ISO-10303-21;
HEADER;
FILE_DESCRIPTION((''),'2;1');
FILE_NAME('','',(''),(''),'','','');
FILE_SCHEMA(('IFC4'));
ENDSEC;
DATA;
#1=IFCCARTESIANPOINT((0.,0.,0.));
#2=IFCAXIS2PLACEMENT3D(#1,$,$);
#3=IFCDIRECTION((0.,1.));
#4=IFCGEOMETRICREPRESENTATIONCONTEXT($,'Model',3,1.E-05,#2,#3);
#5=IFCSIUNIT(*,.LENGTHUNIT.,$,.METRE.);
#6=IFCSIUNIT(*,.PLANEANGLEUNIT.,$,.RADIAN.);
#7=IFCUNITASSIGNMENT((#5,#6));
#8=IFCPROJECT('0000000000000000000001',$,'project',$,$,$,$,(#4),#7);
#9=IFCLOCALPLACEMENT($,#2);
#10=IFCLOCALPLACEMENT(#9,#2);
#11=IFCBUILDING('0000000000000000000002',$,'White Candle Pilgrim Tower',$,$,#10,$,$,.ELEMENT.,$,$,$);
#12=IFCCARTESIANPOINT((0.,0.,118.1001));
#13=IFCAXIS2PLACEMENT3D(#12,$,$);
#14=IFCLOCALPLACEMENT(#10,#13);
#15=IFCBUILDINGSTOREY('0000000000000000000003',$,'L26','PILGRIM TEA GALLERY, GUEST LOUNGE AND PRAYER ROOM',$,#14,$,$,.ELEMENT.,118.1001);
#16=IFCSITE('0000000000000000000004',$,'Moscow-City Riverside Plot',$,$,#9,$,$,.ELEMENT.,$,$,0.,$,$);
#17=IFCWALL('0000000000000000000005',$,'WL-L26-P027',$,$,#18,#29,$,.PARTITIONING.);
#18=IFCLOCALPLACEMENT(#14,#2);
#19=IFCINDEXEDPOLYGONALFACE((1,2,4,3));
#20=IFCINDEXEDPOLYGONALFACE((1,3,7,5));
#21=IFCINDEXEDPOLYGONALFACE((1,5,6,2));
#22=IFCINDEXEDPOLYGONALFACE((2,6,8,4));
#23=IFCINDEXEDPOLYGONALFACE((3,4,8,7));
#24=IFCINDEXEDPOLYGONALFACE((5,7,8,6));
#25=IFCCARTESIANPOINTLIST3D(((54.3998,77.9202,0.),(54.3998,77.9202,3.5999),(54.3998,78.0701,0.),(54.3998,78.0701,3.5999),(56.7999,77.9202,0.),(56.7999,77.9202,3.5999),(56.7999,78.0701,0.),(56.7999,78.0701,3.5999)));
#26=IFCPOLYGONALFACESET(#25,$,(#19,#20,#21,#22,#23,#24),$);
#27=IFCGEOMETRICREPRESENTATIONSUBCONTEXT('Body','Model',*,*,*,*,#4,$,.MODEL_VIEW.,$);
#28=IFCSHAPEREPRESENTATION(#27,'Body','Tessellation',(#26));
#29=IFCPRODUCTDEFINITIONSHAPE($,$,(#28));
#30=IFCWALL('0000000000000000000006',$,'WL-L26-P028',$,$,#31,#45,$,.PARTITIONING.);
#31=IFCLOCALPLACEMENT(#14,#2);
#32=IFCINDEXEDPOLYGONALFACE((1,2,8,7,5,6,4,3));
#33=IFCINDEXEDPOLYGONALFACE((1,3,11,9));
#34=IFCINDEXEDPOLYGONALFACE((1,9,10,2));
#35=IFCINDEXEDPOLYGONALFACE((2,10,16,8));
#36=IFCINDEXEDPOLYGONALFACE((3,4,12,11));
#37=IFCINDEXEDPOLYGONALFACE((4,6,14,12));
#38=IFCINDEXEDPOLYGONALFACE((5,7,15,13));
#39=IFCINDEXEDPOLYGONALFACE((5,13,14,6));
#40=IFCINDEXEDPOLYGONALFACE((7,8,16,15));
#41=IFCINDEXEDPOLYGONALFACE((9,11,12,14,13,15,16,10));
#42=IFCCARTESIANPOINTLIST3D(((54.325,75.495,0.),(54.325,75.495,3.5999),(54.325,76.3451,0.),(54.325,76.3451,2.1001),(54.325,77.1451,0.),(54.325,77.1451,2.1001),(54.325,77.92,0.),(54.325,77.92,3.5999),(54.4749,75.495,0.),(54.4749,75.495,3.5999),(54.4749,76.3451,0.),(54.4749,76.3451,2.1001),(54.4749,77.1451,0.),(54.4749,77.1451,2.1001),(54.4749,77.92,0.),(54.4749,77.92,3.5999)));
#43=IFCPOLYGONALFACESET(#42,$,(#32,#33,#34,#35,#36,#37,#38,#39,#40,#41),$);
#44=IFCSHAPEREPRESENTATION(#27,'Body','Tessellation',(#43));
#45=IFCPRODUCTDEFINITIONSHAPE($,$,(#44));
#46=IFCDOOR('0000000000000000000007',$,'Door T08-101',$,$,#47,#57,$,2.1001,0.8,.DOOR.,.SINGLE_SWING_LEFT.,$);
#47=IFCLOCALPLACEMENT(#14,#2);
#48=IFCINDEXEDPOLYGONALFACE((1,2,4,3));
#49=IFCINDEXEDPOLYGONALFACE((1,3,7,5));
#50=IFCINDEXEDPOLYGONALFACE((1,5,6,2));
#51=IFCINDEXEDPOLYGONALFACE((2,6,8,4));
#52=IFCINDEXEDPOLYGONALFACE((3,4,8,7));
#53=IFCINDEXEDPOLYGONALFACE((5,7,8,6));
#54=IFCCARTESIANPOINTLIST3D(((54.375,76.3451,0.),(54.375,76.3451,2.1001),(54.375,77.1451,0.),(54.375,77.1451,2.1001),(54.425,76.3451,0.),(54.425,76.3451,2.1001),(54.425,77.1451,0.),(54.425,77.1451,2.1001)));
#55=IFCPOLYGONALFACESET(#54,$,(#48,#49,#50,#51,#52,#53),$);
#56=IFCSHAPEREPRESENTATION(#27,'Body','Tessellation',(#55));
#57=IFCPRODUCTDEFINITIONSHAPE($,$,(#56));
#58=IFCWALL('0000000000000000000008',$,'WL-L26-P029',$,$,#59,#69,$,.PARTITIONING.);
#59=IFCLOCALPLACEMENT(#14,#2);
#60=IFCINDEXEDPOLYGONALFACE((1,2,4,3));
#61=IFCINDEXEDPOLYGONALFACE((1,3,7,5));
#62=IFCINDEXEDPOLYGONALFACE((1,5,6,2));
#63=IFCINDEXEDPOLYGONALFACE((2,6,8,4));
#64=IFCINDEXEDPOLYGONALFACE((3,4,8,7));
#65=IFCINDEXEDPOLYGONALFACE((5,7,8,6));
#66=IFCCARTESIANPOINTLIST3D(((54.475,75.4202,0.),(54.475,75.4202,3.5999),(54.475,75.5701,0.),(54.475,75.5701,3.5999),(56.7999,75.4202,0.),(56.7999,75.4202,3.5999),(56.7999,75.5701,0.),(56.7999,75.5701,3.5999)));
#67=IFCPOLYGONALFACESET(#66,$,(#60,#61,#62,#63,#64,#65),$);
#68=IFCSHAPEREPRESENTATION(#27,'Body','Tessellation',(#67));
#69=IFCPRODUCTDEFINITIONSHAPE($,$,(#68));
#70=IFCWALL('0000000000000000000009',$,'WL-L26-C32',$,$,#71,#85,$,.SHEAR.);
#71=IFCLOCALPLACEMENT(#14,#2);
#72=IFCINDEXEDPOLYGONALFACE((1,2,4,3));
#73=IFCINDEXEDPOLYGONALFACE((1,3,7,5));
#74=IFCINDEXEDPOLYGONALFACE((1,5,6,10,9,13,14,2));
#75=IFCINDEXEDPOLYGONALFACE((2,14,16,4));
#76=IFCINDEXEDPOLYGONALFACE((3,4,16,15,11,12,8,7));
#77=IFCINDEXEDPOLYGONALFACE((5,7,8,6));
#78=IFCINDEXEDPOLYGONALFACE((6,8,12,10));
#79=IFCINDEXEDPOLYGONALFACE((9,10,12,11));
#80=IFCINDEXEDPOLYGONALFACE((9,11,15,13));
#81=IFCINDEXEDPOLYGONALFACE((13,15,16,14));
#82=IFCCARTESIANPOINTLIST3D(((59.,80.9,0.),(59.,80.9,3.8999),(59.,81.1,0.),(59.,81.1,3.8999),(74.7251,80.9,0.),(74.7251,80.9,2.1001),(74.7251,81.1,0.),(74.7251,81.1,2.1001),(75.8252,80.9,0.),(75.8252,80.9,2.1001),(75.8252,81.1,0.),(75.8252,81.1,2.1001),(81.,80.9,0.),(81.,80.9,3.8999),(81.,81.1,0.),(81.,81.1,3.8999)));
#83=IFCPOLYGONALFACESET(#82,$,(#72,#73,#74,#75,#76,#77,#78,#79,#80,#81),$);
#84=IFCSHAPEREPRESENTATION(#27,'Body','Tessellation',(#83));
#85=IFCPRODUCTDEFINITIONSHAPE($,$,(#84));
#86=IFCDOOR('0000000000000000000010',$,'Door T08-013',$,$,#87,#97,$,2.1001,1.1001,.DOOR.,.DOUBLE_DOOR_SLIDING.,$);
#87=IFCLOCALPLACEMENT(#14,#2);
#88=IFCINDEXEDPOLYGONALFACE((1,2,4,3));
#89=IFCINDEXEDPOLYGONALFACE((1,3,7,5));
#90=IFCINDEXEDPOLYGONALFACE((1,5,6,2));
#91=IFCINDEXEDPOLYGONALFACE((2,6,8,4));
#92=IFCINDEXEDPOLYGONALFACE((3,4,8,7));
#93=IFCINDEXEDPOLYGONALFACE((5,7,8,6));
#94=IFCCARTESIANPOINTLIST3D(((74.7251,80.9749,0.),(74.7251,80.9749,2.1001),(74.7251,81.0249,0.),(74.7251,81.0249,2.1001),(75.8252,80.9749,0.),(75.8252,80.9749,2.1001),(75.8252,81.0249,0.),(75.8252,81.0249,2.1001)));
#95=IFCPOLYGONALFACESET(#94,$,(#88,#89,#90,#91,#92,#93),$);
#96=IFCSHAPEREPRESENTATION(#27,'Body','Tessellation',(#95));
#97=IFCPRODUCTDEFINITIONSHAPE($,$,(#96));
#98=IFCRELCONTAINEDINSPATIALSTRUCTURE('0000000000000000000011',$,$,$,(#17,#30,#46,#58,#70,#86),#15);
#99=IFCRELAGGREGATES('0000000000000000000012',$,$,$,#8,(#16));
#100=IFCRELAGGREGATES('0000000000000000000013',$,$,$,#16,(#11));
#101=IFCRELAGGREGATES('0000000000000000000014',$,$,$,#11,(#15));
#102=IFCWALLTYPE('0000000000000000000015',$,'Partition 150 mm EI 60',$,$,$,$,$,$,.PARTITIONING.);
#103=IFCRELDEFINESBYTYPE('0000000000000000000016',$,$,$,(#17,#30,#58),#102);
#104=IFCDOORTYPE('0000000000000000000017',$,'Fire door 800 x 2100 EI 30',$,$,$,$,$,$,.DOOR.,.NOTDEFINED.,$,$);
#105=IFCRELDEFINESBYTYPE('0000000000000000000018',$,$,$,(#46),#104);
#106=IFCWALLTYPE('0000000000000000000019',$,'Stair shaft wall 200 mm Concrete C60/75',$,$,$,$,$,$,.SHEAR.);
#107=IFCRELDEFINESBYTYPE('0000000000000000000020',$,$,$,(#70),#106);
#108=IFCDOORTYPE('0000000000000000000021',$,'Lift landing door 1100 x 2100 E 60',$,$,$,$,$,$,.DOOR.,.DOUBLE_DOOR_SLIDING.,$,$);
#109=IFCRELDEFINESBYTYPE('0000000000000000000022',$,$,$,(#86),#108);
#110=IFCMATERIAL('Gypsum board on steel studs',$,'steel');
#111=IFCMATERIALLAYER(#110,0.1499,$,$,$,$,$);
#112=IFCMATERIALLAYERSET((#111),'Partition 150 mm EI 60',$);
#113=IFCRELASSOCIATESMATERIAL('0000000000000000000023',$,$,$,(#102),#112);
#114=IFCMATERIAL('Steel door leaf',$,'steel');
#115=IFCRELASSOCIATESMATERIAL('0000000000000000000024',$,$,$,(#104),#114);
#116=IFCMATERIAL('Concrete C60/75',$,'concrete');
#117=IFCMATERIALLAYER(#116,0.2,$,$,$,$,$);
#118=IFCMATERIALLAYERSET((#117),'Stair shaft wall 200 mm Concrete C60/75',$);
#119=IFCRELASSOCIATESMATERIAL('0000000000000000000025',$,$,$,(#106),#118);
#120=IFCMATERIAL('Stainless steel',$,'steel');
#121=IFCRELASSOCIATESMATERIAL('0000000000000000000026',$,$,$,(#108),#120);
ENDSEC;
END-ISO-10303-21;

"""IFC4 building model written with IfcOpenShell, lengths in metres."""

from ifc_helpers import new_model, si_unit, direction, frame, frame_2d, origin, place, context, subcontext, project, spatial, rectangle, extrude, material, layer, layer_set, type_object, element, fill, save


model = new_model("IFC4")

# Units and contexts
model_context = context("Model", 3, precision=1e-05, world=origin(), true_north=direction((0.0, 1.0)))
body_context = subcontext(model_context, "Body", "Model", "MODEL_VIEW")
ifc_project = project(units=[si_unit("LENGTHUNIT", "METRE"), si_unit("PLANEANGLEUNIT", "RADIAN")], contexts=[model_context])

# Site, building, storey
site_placement = place(None, origin())
site = spatial("IfcSite", under=ifc_project, at=site_placement, Name="Moscow-City Riverside Plot", CompositionType="ELEMENT", RefElevation=0.0)
building_placement = place(site_placement, origin())
building = spatial("IfcBuilding", under=site, at=building_placement, Name="White Candle Pilgrim Tower", CompositionType="ELEMENT")
storey_placement = place(building_placement, frame((0.0, 0.0, 118.1001)))
storey = spatial("IfcBuildingStorey", under=building, at=storey_placement, Name="L26", Description="PILGRIM TEA GALLERY, GUEST LOUNGE AND PRAYER ROOM", CompositionType="ELEMENT", Elevation=118.1001)

# Shared definitions
ifc_material_1 = material(Name="Concrete C60/75", Category="concrete")

# Wall
ifc_material_2 = material(Name="Gypsum board on steel studs", Category="steel")
ifc_layer_1 = layer(ifc_material_2, 0.1499)
ifc_layer_set_1 = layer_set([ifc_layer_1], Name="Partition 150 mm EI 60")
wall_type_1 = type_object("IfcWallType", Name="Partition 150 mm EI 60", PredefinedType="PARTITIONING", material=ifc_layer_set_1)
wall_1_placement = place(storey_placement, frame((56.8, 77.9951, 0.0), z_axis=(0.0, 0.0, 1.0), x_axis=(-1.0, 0.0, 0.0)))
element("IfcWall", 1, at=wall_1_placement, inside=storey, type_object=wall_type_1, Name="WL-L26-P027", PredefinedType="PARTITIONING", context=body_context, shape_type="SweptSolid", body=[
    extrude(rectangle(XDim=2.4001, YDim=0.1499, at=frame_2d((1.2002, 0.0))), origin(), (0.0, 0.0, 1.0), 3.5999),
])

# Wall, opening, door
wall_2_placement = place(storey_placement, frame((54.3999, 75.4951, 0.0), z_axis=(0.0, 0.0, 1.0), x_axis=(0.0, 1.0, 0.0)))
wall_2 = element("IfcWall", 2, at=wall_2_placement, inside=storey, type_object=wall_type_1, Name="WL-L26-P028", PredefinedType="PARTITIONING", context=body_context, shape_type="SweptSolid", body=[
    extrude(rectangle(XDim=2.425, YDim=0.1499, at=frame_2d((1.2124, 0.0))), origin(), (0.0, 0.0, 1.0), 3.5999),
])
opening_1_placement = place(wall_2_placement, frame((0.8501, 0.0, 0.0)))
opening_1 = element("IfcOpeningElement", 3, at=opening_1_placement, cuts=wall_2, PredefinedType="OPENING", context=body_context, shape_type="SweptSolid", body=[
    extrude(rectangle(XDim=0.8, YDim=2.1001, at=frame_2d((0.3999, 1.05))), frame((0.0, 0.085, 0.0), z_axis=(0.0, -1.0, 0.0), x_axis=(1.0, 0.0, 0.0)), (0.0, 0.0, 1.0), 0.1699),
])
ifc_material_3 = material(Name="Steel door leaf", Category="steel")
door_type_1 = type_object("IfcDoorType", Name="Fire door 800 x 2100 EI 30", OperationType="NOTDEFINED", PredefinedType="DOOR", material=ifc_material_3)
door_1_placement = place(opening_1_placement, origin())
door_1 = element("IfcDoor", 4, at=door_1_placement, inside=storey, type_object=door_type_1, Name="Door T08-101", OperationType="SINGLE_SWING_LEFT", OverallHeight=2.1001, OverallWidth=0.8, PredefinedType="DOOR", context=body_context, shape_type="SweptSolid", body=[
    extrude(rectangle(XDim=0.8, YDim=2.1001, at=frame_2d((0.3999, 1.05))), frame((0.0, 0.0249, 0.0), z_axis=(0.0, -1.0, 0.0), x_axis=(1.0, 0.0, 0.0)), (0.0, 0.0, 1.0), 0.05),
])
fill(opening_1, door_1)

# Wall
wall_3_placement = place(storey_placement, frame((56.8, 75.4951, 0.0), z_axis=(0.0, 0.0, 1.0), x_axis=(-1.0, 0.0, 0.0)))
element("IfcWall", 5, at=wall_3_placement, inside=storey, type_object=wall_type_1, Name="WL-L26-P029", PredefinedType="PARTITIONING", context=body_context, shape_type="SweptSolid", body=[
    extrude(rectangle(XDim=2.325, YDim=0.1499, at=frame_2d((1.1626, 0.0))), origin(), (0.0, 0.0, 1.0), 3.5999),
])

# Wall, opening, door
ifc_layer_2 = layer(ifc_material_1, 0.2)
ifc_layer_set_2 = layer_set([ifc_layer_2], Name="Stair shaft wall 200 mm Concrete C60/75")
wall_type_2 = type_object("IfcWallType", Name="Stair shaft wall 200 mm Concrete C60/75", PredefinedType="SHEAR", material=ifc_layer_set_2)
wall_4_placement = place(storey_placement, frame((59.0, 81.0, 0.0), z_axis=(0.0, 0.0, 1.0), x_axis=(1.0, 0.0, 0.0)))
wall_4 = element("IfcWall", 6, at=wall_4_placement, inside=storey, type_object=wall_type_2, Name="WL-L26-C32", PredefinedType="SHEAR", context=body_context, shape_type="SweptSolid", body=[
    extrude(rectangle(XDim=22.0, YDim=0.2, at=frame_2d((11.0, 0.0))), origin(), (0.0, 0.0, 1.0), 3.8999),
])
opening_2_placement = place(wall_4_placement, frame((15.7251, 0.0, 0.0)))
opening_2 = element("IfcOpeningElement", 7, at=opening_2_placement, cuts=wall_4, PredefinedType="OPENING", context=body_context, shape_type="SweptSolid", body=[
    extrude(rectangle(XDim=1.1001, YDim=2.1001, at=frame_2d((0.55, 1.05))), frame((0.0, 0.1099, 0.0), z_axis=(0.0, -1.0, 0.0), x_axis=(1.0, 0.0, 0.0)), (0.0, 0.0, 1.0), 0.22),
])
ifc_material_4 = material(Name="Stainless steel", Category="steel")
door_type_2 = type_object("IfcDoorType", Name="Lift landing door 1100 x 2100 E 60", OperationType="DOUBLE_DOOR_SLIDING", PredefinedType="DOOR", material=ifc_material_4)
door_2_placement = place(opening_2_placement, origin())
door_2 = element("IfcDoor", 8, at=door_2_placement, inside=storey, type_object=door_type_2, Name="Door T08-013", OperationType="DOUBLE_DOOR_SLIDING", OverallHeight=2.1001, OverallWidth=1.1001, PredefinedType="DOOR", context=body_context, shape_type="SweptSolid", body=[
    extrude(rectangle(XDim=1.1001, YDim=2.1001, at=frame_2d((0.55, 1.05))), frame((0.0, 0.0249, 0.0), z_axis=(0.0, -1.0, 0.0), x_axis=(1.0, 0.0, 0.0)), (0.0, 0.0, 1.0), 0.05),
])
fill(opening_2, door_2)

save(model, "model.ifc")
